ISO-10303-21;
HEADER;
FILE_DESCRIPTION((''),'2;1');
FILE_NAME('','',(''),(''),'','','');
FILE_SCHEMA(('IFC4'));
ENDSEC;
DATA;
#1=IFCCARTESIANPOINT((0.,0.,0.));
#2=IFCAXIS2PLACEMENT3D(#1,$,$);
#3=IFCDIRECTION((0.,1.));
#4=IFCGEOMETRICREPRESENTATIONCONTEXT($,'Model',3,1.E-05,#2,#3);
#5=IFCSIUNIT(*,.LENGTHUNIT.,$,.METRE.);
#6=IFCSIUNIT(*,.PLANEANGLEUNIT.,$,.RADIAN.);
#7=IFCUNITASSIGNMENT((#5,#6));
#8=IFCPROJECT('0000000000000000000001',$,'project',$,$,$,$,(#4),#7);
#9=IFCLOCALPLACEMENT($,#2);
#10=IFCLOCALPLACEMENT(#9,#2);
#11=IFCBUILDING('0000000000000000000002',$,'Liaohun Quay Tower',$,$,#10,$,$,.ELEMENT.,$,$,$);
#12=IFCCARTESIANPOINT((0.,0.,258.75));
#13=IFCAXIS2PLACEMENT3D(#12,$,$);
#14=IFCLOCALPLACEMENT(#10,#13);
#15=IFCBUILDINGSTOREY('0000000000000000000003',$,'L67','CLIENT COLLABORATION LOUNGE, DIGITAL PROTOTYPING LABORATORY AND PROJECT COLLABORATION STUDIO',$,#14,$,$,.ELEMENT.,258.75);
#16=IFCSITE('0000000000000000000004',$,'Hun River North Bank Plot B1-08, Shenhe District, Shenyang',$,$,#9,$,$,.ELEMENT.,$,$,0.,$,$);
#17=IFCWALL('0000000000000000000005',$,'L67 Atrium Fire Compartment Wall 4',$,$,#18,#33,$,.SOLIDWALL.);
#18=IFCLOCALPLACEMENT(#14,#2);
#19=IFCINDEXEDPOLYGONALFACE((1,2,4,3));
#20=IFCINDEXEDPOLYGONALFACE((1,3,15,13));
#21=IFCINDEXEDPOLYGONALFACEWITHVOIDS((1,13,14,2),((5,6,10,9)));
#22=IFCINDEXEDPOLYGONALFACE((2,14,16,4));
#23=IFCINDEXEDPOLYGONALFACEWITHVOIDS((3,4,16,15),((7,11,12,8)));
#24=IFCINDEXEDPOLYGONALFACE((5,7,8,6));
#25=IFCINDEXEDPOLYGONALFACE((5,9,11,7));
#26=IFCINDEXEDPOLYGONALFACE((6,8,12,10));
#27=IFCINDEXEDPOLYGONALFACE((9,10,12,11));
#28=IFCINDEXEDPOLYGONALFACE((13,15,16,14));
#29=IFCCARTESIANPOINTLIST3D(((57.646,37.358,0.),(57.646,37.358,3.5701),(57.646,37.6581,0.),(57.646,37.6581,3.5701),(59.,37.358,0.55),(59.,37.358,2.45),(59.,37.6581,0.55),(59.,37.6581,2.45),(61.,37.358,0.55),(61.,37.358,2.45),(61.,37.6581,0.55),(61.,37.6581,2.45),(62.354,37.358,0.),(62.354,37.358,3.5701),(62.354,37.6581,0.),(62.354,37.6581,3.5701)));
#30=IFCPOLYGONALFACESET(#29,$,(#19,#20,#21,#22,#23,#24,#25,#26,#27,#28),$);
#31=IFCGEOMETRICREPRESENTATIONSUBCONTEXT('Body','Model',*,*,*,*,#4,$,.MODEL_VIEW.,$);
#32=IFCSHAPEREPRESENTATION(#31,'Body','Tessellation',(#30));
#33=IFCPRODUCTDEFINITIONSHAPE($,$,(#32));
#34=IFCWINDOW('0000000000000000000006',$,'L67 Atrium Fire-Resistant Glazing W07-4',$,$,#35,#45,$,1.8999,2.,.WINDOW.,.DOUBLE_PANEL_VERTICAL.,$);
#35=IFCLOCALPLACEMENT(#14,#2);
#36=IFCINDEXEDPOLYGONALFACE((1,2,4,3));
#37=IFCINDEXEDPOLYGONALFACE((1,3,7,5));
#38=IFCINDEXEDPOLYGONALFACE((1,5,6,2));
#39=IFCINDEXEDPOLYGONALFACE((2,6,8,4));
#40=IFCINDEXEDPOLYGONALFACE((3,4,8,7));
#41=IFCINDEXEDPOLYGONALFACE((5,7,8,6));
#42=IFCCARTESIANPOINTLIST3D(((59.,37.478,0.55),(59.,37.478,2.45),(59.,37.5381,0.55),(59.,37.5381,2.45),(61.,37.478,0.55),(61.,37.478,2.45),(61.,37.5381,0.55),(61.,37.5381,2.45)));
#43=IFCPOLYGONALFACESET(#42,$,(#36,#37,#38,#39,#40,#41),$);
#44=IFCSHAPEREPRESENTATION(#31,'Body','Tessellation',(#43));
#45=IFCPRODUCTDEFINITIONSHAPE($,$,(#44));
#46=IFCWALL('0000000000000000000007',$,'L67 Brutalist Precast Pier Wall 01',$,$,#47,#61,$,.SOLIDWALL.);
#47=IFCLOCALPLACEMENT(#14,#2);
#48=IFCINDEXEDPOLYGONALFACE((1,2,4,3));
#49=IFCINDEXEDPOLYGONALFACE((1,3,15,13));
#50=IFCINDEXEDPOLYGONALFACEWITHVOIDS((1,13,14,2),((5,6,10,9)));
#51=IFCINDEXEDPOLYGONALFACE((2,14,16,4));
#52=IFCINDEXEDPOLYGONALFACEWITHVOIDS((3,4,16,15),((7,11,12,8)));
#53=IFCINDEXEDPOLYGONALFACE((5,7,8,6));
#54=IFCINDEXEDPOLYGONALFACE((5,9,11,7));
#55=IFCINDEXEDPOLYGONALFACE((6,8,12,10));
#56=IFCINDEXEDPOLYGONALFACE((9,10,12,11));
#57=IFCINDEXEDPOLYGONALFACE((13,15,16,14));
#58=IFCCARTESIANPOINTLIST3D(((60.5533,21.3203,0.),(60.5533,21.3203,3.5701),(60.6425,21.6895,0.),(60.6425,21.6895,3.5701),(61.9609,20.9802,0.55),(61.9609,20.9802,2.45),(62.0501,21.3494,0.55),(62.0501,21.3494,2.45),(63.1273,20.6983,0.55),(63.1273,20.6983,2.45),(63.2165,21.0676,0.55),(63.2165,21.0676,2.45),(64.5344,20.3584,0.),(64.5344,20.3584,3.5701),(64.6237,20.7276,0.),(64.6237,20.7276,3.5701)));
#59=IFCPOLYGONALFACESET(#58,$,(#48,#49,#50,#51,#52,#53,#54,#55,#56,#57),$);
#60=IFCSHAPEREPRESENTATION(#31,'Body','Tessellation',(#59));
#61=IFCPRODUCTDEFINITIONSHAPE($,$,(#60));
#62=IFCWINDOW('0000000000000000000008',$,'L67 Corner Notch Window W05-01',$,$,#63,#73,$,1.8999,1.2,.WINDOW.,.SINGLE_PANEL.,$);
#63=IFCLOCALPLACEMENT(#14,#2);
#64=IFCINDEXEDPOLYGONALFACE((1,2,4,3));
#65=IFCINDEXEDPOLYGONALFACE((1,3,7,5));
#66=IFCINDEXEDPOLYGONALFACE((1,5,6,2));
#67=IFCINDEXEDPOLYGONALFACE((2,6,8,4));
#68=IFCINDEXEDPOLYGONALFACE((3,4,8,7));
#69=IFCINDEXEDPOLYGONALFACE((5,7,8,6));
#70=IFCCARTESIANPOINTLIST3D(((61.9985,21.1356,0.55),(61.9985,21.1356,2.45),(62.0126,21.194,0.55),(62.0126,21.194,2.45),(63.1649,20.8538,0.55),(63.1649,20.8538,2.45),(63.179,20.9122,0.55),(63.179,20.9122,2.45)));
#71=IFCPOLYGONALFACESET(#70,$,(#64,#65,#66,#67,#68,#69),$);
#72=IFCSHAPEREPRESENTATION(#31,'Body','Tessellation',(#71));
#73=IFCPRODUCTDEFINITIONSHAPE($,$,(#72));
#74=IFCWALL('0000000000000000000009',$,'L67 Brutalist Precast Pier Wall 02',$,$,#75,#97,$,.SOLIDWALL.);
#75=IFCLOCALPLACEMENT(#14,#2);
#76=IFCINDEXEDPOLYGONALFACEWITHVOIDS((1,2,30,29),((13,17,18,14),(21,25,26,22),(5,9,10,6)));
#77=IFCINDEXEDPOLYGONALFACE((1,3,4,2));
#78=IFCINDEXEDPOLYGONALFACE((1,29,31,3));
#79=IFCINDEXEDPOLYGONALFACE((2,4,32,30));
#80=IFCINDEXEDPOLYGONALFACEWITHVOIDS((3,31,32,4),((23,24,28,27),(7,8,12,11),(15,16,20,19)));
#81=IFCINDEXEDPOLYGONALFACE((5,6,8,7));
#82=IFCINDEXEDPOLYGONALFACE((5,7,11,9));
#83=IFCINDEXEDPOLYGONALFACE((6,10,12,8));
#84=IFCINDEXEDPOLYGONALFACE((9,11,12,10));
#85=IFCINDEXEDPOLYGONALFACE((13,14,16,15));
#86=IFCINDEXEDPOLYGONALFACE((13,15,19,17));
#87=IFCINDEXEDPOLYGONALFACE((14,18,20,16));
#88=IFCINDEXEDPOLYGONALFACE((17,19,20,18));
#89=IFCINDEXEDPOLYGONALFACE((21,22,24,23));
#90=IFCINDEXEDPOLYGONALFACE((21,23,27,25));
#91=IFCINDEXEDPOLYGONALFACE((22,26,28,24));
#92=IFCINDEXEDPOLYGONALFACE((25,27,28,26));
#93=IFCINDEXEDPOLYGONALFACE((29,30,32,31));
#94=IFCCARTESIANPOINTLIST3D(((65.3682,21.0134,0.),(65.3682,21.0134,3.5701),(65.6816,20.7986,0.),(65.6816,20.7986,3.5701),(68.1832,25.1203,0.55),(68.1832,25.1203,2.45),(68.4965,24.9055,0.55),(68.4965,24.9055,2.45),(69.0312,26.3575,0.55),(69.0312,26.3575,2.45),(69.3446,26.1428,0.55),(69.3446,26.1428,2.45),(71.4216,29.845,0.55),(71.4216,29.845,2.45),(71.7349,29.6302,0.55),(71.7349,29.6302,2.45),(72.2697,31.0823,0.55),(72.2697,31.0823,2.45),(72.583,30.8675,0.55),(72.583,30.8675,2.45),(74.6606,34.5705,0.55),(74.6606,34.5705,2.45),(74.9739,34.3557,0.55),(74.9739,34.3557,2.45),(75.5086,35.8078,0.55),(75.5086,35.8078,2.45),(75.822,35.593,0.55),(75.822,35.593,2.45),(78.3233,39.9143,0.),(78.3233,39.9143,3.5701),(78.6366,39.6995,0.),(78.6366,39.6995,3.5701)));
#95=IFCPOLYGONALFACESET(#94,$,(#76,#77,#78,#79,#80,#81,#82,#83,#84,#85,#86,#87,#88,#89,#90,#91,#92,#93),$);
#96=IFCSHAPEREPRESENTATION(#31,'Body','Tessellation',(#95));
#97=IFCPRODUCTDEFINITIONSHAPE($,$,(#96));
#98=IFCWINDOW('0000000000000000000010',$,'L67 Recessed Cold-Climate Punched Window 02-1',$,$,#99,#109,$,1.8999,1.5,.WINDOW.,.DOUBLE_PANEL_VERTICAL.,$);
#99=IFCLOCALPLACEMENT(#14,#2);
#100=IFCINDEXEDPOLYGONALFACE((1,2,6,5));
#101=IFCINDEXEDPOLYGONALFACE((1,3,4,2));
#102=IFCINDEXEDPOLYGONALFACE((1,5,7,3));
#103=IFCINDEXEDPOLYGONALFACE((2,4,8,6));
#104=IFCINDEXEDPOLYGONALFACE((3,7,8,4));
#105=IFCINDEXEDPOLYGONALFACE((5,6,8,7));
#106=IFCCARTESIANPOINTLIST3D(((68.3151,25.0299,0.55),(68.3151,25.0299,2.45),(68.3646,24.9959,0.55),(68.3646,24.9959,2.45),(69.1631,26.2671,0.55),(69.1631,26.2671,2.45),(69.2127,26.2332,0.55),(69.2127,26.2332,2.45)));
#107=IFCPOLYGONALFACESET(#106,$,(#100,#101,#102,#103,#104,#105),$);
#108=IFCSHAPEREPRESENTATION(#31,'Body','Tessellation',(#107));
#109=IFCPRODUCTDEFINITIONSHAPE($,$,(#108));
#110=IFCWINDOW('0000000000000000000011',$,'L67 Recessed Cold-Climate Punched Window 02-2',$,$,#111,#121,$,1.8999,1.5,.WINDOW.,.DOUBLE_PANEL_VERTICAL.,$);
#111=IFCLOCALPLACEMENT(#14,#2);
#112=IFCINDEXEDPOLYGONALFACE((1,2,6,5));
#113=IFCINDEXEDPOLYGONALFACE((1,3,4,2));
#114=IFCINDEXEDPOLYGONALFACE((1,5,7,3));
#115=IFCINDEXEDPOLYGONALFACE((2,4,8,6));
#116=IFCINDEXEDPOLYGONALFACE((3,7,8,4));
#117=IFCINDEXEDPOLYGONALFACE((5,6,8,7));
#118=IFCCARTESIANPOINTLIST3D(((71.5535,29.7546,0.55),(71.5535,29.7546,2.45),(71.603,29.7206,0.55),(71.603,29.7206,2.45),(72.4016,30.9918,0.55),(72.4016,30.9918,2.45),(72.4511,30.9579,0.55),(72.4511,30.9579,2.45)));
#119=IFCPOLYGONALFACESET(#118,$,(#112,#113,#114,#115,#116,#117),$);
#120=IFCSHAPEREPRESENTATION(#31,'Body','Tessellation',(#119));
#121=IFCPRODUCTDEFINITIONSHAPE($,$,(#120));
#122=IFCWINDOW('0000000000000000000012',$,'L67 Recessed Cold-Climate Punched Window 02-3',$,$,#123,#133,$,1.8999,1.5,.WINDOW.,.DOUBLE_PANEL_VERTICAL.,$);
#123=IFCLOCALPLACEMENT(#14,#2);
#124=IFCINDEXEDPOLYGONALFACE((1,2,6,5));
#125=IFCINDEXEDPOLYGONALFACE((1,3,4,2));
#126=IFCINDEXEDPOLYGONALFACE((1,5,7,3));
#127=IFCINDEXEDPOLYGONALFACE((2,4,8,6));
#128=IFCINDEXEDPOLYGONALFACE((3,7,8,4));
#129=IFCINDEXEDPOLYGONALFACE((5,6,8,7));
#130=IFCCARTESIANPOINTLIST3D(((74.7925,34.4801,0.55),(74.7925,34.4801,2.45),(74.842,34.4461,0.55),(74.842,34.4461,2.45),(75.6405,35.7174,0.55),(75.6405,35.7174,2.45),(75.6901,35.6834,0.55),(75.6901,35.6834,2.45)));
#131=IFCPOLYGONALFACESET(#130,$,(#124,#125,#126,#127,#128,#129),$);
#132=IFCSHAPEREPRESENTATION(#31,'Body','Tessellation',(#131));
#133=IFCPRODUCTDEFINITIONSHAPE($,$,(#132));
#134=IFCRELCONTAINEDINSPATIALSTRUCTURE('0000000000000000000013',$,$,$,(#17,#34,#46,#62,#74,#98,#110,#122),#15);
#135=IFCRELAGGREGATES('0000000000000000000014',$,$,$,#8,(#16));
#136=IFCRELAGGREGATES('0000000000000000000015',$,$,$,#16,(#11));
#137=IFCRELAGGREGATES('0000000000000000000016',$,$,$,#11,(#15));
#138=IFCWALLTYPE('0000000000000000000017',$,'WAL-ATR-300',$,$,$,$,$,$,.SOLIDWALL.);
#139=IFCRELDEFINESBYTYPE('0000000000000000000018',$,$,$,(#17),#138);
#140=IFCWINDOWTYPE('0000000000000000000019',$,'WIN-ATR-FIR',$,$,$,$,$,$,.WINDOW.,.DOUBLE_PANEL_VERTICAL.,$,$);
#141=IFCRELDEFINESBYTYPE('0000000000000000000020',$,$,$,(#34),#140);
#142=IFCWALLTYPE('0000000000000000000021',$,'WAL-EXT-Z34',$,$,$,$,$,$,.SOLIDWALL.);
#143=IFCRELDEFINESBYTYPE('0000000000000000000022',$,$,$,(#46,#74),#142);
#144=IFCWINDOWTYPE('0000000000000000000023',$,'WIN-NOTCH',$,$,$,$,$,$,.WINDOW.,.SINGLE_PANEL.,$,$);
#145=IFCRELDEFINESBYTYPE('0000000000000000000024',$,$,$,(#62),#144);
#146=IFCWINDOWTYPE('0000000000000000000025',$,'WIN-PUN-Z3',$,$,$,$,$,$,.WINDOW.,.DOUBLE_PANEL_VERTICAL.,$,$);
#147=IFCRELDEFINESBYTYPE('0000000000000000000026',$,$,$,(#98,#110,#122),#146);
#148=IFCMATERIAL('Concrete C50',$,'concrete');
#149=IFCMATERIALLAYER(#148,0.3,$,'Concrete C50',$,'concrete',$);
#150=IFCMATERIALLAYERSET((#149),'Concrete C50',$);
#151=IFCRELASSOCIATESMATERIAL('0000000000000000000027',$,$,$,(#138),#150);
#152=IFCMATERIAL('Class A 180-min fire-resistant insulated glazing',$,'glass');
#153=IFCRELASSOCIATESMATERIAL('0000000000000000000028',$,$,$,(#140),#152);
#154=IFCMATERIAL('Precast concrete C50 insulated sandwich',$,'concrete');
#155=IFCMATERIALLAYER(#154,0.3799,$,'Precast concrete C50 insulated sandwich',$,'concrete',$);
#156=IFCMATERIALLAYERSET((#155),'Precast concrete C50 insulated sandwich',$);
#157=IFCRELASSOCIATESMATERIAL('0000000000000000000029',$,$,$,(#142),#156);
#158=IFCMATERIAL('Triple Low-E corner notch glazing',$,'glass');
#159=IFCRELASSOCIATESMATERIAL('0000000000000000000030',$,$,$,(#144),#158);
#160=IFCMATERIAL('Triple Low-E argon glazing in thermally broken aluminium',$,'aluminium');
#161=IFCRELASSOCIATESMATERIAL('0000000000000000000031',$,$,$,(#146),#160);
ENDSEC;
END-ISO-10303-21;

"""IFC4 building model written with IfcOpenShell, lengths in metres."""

from ifc_helpers import new_model, si_unit, direction, frame, frame_2d, origin, place, context, subcontext, project, spatial, rectangle, extrude, source, transform, mapped, material, layer, layer_set, type_object, element, fill, save


model = new_model("IFC4")

# Units and contexts
model_context = context("Model", 3, precision=1e-05, world=origin(), true_north=direction((0.0, 1.0)))
body_context = subcontext(model_context, "Body", "Model", "MODEL_VIEW")
ifc_project = project(units=[si_unit("LENGTHUNIT", "METRE"), si_unit("PLANEANGLEUNIT", "RADIAN")], contexts=[model_context])

# Site, building, storey
site_placement = place(None, origin())
site = spatial("IfcSite", under=ifc_project, at=site_placement, Name="Hun River North Bank Plot B1-08, Shenhe District, Shenyang", CompositionType="ELEMENT", RefElevation=0.0)
building_placement = place(site_placement, origin())
building = spatial("IfcBuilding", under=site, at=building_placement, Name="Liaohun Quay Tower", CompositionType="ELEMENT")
storey_placement = place(building_placement, frame((0.0, 0.0, 258.75)))
storey = spatial("IfcBuildingStorey", under=building, at=storey_placement, Name="L67", Description="CLIENT COLLABORATION LOUNGE, DIGITAL PROTOTYPING LABORATORY AND PROJECT COLLABORATION STUDIO", CompositionType="ELEMENT", Elevation=258.75)

# Walls, openings, windows
ifc_material_1 = material(Name="Concrete C50", Category="concrete")
ifc_layer_1 = layer(ifc_material_1, 0.3, Name="Concrete C50", Category="concrete")
ifc_layer_set_1 = layer_set([ifc_layer_1], Name="Concrete C50")
wall_type_1 = type_object("IfcWallType", Name="WAL-ATR-300", PredefinedType="SOLIDWALL", material=ifc_layer_set_1)
shared_shape_1 = source(origin(), body_context, "Body", "SweptSolid", [
    extrude(rectangle(XDim=2.0, YDim=1.8999, at=frame_2d((1.0, 0.95))), frame((0.0, 0.1599, 0.0), z_axis=(0.0, -1.0, 0.0), x_axis=(1.0, 0.0, 0.0)), (0.0, 0.0, 1.0), 0.3201),
])
ifc_material_2 = material(Name="Class A 180-min fire-resistant insulated glazing", Category="glass")
window_type_1 = type_object("IfcWindowType", Name="WIN-ATR-FIR", PartitioningType="DOUBLE_PANEL_VERTICAL", PredefinedType="WINDOW", material=ifc_material_2)
shared_shape_2 = source(origin(), body_context, "Body", "SweptSolid", [
    extrude(rectangle(XDim=2.0, YDim=1.8999, at=frame_2d((1.0, 0.95))), frame((0.0, 0.03, 0.0), z_axis=(0.0, -1.0, 0.0), x_axis=(1.0, 0.0, 0.0)), (0.0, 0.0, 1.0), 0.0601),
])
wall_1_placement = place(storey_placement, frame((62.354, 37.5081, 0.0), z_axis=(0.0, 0.0, 1.0), x_axis=(-1.0, 0.0, 0.0)))
wall_1 = element("IfcWall", 1, at=wall_1_placement, inside=storey, type_object=wall_type_1, Name="L67 Atrium Fire Compartment Wall 4", PredefinedType="SOLIDWALL", context=body_context, shape_type="SweptSolid", body=[
    extrude(rectangle(XDim=4.708, YDim=0.3, at=frame_2d((2.354, 0.0))), origin(), (0.0, 0.0, 1.0), 3.5701),
])
opening_1_placement = place(wall_1_placement, frame((1.354, 0.0, 0.55)))
opening_1 = element("IfcOpeningElement", 2, at=opening_1_placement, cuts=wall_1, PredefinedType="OPENING", context=body_context, shape_type="MappedRepresentation", body=[
    mapped(shared_shape_1, transform((0.0, 0.0, 0.0), x_axis=(1.0, 0.0, 0.0), y_axis=(0.0, 1.0, 0.0), z_axis=(0.0, 0.0, 1.0), scale=1.0)),
])
window_1_placement = place(opening_1_placement, origin())
window_1 = element("IfcWindow", 3, at=window_1_placement, inside=storey, type_object=window_type_1, Name="L67 Atrium Fire-Resistant Glazing W07-4", OverallHeight=1.8999, OverallWidth=2.0, PartitioningType="DOUBLE_PANEL_VERTICAL", PredefinedType="WINDOW", context=body_context, shape_type="MappedRepresentation", body=[
    mapped(shared_shape_2, transform((0.0, 0.0, 0.0), x_axis=(1.0, 0.0, 0.0), y_axis=(0.0, 1.0, 0.0), z_axis=(0.0, 0.0, 1.0), scale=1.0)),
])
fill(opening_1, window_1)
ifc_material_3 = material(Name="Precast concrete C50 insulated sandwich", Category="concrete")
ifc_layer_2 = layer(ifc_material_3, 0.3799, Name="Precast concrete C50 insulated sandwich", Category="concrete")
ifc_layer_set_2 = layer_set([ifc_layer_2], Name="Precast concrete C50 insulated sandwich")
wall_type_2 = type_object("IfcWallType", Name="WAL-EXT-Z34", PredefinedType="SOLIDWALL", material=ifc_layer_set_2)
wall_2_placement = place(storey_placement, frame((60.5979, 21.5049, 0.0), z_axis=(0.0, 0.0, 1.0), x_axis=(0.97203, -0.234856, 0.0)))
wall_2 = element("IfcWall", 4, at=wall_2_placement, inside=storey, type_object=wall_type_2, Name="L67 Brutalist Precast Pier Wall 01", PredefinedType="SOLIDWALL", context=body_context, shape_type="SweptSolid", body=[
    extrude(rectangle(XDim=4.0957, YDim=0.3799, at=frame_2d((2.0479, 0.0))), origin(), (0.0, 0.0, 1.0), 3.5701),
])
shared_shape_3 = source(origin(), body_context, "Body", "SweptSolid", [
    extrude(rectangle(XDim=1.2, YDim=1.8999, at=frame_2d((0.6001, 0.95))), frame((0.0, 0.2, 0.0), z_axis=(0.0, -1.0, 0.0), x_axis=(1.0, 0.0, 0.0)), (0.0, 0.0, 1.0), 0.3999),
])
opening_2_placement = place(wall_2_placement, frame((1.448, 0.0, 0.55)))
opening_2 = element("IfcOpeningElement", 5, at=opening_2_placement, cuts=wall_2, PredefinedType="OPENING", context=body_context, shape_type="MappedRepresentation", body=[
    mapped(shared_shape_3, transform((0.0, 0.0, 0.0), x_axis=(1.0, 0.0, 0.0), y_axis=(0.0, 1.0, 0.0), z_axis=(0.0, 0.0, 1.0), scale=1.0)),
])
ifc_material_4 = material(Name="Triple Low-E corner notch glazing", Category="glass")
window_type_2 = type_object("IfcWindowType", Name="WIN-NOTCH", PartitioningType="SINGLE_PANEL", PredefinedType="WINDOW", material=ifc_material_4)
shared_shape_4 = source(origin(), body_context, "Body", "SweptSolid", [
    extrude(rectangle(XDim=1.2, YDim=1.8999, at=frame_2d((0.6001, 0.95))), frame((0.0, 0.03, 0.0), z_axis=(0.0, -1.0, 0.0), x_axis=(1.0, 0.0, 0.0)), (0.0, 0.0, 1.0), 0.0601),
])
window_2_placement = place(opening_2_placement, origin())
window_2 = element("IfcWindow", 6, at=window_2_placement, inside=storey, type_object=window_type_2, Name="L67 Corner Notch Window W05-01", OverallHeight=1.8999, OverallWidth=1.2, PartitioningType="SINGLE_PANEL", PredefinedType="WINDOW", context=body_context, shape_type="MappedRepresentation", body=[
    mapped(shared_shape_4, transform((0.0, 0.0, 0.0), x_axis=(1.0, 0.0, 0.0), y_axis=(0.0, 1.0, 0.0), z_axis=(0.0, 0.0, 1.0), scale=1.0)),
])
fill(opening_2, window_2)

# Wall, openings, windows
wall_3_placement = place(storey_placement, frame((65.5249, 20.906, 0.0), z_axis=(0.0, 0.0, 1.0), x_axis=(0.565364, 0.824841, 0.0)))
wall_3 = element("IfcWall", 7, at=wall_3_placement, inside=storey, type_object=wall_type_2, Name="L67 Brutalist Precast Pier Wall 02", PredefinedType="SOLIDWALL", context=body_context, shape_type="SweptSolid", body=[
    extrude(rectangle(XDim=22.9146, YDim=0.3799, at=frame_2d((11.4573, 0.0))), origin(), (0.0, 0.0, 1.0), 3.5701),
])
shared_shape_5 = source(origin(), body_context, "Body", "SweptSolid", [
    extrude(rectangle(XDim=1.5, YDim=1.8999, at=frame_2d((0.75, 0.95))), frame((0.0, 0.2, 0.0), z_axis=(0.0, -1.0, 0.0), x_axis=(1.0, 0.0, 0.0)), (0.0, 0.0, 1.0), 0.3999),
])
opening_3_placement = place(wall_3_placement, frame((4.979, 0.0, 0.55)))
opening_3 = element("IfcOpeningElement", 8, at=opening_3_placement, cuts=wall_3, PredefinedType="OPENING", context=body_context, shape_type="MappedRepresentation", body=[
    mapped(shared_shape_5, transform((0.0, 0.0, 0.0), x_axis=(1.0, 0.0, 0.0), y_axis=(0.0, 1.0, 0.0), z_axis=(0.0, 0.0, 1.0), scale=1.0)),
])
opening_4_placement = place(wall_3_placement, frame((10.707, 0.0, 0.55)))
opening_4 = element("IfcOpeningElement", 9, at=opening_4_placement, cuts=wall_3, PredefinedType="OPENING", context=body_context, shape_type="MappedRepresentation", body=[
    mapped(shared_shape_5, transform((0.0, 0.0, 0.0), x_axis=(1.0, 0.0, 0.0), y_axis=(0.0, 1.0, 0.0), z_axis=(0.0, 0.0, 1.0), scale=1.0)),
])
opening_5_placement = place(wall_3_placement, frame((16.436, 0.0, 0.55)))
opening_5 = element("IfcOpeningElement", 10, at=opening_5_placement, cuts=wall_3, PredefinedType="OPENING", context=body_context, shape_type="MappedRepresentation", body=[
    mapped(shared_shape_5, transform((0.0, 0.0, 0.0), x_axis=(1.0, 0.0, 0.0), y_axis=(0.0, 1.0, 0.0), z_axis=(0.0, 0.0, 1.0), scale=1.0)),
])
ifc_material_5 = material(Name="Triple Low-E argon glazing in thermally broken aluminium", Category="aluminium")
window_type_3 = type_object("IfcWindowType", Name="WIN-PUN-Z3", PartitioningType="DOUBLE_PANEL_VERTICAL", PredefinedType="WINDOW", material=ifc_material_5)
shared_shape_6 = source(origin(), body_context, "Body", "SweptSolid", [
    extrude(rectangle(XDim=1.5, YDim=1.8999, at=frame_2d((0.75, 0.95))), frame((0.0, 0.03, 0.0), z_axis=(0.0, -1.0, 0.0), x_axis=(1.0, 0.0, 0.0)), (0.0, 0.0, 1.0), 0.0601),
])
window_3_placement = place(opening_3_placement, origin())
window_3 = element("IfcWindow", 11, at=window_3_placement, inside=storey, type_object=window_type_3, Name="L67 Recessed Cold-Climate Punched Window 02-1", OverallHeight=1.8999, OverallWidth=1.5, PartitioningType="DOUBLE_PANEL_VERTICAL", PredefinedType="WINDOW", context=body_context, shape_type="MappedRepresentation", body=[
    mapped(shared_shape_6, transform((0.0, 0.0, 0.0), x_axis=(1.0, 0.0, 0.0), y_axis=(0.0, 1.0, 0.0), z_axis=(0.0, 0.0, 1.0), scale=1.0)),
])
fill(opening_3, window_3)
window_4_placement = place(opening_4_placement, origin())
window_4 = element("IfcWindow", 12, at=window_4_placement, inside=storey, type_object=window_type_3, Name="L67 Recessed Cold-Climate Punched Window 02-2", OverallHeight=1.8999, OverallWidth=1.5, PartitioningType="DOUBLE_PANEL_VERTICAL", PredefinedType="WINDOW", context=body_context, shape_type="MappedRepresentation", body=[
    mapped(shared_shape_6, transform((0.0, 0.0, 0.0), x_axis=(1.0, 0.0, 0.0), y_axis=(0.0, 1.0, 0.0), z_axis=(0.0, 0.0, 1.0), scale=1.0)),
])
fill(opening_4, window_4)
window_5_placement = place(opening_5_placement, origin())
window_5 = element("IfcWindow", 13, at=window_5_placement, inside=storey, type_object=window_type_3, Name="L67 Recessed Cold-Climate Punched Window 02-3", OverallHeight=1.8999, OverallWidth=1.5, PartitioningType="DOUBLE_PANEL_VERTICAL", PredefinedType="WINDOW", context=body_context, shape_type="MappedRepresentation", body=[
    mapped(shared_shape_6, transform((0.0, 0.0, 0.0), x_axis=(1.0, 0.0, 0.0), y_axis=(0.0, 1.0, 0.0), z_axis=(0.0, 0.0, 1.0), scale=1.0)),
])
fill(opening_5, window_5)

save(model, "model.ifc")
